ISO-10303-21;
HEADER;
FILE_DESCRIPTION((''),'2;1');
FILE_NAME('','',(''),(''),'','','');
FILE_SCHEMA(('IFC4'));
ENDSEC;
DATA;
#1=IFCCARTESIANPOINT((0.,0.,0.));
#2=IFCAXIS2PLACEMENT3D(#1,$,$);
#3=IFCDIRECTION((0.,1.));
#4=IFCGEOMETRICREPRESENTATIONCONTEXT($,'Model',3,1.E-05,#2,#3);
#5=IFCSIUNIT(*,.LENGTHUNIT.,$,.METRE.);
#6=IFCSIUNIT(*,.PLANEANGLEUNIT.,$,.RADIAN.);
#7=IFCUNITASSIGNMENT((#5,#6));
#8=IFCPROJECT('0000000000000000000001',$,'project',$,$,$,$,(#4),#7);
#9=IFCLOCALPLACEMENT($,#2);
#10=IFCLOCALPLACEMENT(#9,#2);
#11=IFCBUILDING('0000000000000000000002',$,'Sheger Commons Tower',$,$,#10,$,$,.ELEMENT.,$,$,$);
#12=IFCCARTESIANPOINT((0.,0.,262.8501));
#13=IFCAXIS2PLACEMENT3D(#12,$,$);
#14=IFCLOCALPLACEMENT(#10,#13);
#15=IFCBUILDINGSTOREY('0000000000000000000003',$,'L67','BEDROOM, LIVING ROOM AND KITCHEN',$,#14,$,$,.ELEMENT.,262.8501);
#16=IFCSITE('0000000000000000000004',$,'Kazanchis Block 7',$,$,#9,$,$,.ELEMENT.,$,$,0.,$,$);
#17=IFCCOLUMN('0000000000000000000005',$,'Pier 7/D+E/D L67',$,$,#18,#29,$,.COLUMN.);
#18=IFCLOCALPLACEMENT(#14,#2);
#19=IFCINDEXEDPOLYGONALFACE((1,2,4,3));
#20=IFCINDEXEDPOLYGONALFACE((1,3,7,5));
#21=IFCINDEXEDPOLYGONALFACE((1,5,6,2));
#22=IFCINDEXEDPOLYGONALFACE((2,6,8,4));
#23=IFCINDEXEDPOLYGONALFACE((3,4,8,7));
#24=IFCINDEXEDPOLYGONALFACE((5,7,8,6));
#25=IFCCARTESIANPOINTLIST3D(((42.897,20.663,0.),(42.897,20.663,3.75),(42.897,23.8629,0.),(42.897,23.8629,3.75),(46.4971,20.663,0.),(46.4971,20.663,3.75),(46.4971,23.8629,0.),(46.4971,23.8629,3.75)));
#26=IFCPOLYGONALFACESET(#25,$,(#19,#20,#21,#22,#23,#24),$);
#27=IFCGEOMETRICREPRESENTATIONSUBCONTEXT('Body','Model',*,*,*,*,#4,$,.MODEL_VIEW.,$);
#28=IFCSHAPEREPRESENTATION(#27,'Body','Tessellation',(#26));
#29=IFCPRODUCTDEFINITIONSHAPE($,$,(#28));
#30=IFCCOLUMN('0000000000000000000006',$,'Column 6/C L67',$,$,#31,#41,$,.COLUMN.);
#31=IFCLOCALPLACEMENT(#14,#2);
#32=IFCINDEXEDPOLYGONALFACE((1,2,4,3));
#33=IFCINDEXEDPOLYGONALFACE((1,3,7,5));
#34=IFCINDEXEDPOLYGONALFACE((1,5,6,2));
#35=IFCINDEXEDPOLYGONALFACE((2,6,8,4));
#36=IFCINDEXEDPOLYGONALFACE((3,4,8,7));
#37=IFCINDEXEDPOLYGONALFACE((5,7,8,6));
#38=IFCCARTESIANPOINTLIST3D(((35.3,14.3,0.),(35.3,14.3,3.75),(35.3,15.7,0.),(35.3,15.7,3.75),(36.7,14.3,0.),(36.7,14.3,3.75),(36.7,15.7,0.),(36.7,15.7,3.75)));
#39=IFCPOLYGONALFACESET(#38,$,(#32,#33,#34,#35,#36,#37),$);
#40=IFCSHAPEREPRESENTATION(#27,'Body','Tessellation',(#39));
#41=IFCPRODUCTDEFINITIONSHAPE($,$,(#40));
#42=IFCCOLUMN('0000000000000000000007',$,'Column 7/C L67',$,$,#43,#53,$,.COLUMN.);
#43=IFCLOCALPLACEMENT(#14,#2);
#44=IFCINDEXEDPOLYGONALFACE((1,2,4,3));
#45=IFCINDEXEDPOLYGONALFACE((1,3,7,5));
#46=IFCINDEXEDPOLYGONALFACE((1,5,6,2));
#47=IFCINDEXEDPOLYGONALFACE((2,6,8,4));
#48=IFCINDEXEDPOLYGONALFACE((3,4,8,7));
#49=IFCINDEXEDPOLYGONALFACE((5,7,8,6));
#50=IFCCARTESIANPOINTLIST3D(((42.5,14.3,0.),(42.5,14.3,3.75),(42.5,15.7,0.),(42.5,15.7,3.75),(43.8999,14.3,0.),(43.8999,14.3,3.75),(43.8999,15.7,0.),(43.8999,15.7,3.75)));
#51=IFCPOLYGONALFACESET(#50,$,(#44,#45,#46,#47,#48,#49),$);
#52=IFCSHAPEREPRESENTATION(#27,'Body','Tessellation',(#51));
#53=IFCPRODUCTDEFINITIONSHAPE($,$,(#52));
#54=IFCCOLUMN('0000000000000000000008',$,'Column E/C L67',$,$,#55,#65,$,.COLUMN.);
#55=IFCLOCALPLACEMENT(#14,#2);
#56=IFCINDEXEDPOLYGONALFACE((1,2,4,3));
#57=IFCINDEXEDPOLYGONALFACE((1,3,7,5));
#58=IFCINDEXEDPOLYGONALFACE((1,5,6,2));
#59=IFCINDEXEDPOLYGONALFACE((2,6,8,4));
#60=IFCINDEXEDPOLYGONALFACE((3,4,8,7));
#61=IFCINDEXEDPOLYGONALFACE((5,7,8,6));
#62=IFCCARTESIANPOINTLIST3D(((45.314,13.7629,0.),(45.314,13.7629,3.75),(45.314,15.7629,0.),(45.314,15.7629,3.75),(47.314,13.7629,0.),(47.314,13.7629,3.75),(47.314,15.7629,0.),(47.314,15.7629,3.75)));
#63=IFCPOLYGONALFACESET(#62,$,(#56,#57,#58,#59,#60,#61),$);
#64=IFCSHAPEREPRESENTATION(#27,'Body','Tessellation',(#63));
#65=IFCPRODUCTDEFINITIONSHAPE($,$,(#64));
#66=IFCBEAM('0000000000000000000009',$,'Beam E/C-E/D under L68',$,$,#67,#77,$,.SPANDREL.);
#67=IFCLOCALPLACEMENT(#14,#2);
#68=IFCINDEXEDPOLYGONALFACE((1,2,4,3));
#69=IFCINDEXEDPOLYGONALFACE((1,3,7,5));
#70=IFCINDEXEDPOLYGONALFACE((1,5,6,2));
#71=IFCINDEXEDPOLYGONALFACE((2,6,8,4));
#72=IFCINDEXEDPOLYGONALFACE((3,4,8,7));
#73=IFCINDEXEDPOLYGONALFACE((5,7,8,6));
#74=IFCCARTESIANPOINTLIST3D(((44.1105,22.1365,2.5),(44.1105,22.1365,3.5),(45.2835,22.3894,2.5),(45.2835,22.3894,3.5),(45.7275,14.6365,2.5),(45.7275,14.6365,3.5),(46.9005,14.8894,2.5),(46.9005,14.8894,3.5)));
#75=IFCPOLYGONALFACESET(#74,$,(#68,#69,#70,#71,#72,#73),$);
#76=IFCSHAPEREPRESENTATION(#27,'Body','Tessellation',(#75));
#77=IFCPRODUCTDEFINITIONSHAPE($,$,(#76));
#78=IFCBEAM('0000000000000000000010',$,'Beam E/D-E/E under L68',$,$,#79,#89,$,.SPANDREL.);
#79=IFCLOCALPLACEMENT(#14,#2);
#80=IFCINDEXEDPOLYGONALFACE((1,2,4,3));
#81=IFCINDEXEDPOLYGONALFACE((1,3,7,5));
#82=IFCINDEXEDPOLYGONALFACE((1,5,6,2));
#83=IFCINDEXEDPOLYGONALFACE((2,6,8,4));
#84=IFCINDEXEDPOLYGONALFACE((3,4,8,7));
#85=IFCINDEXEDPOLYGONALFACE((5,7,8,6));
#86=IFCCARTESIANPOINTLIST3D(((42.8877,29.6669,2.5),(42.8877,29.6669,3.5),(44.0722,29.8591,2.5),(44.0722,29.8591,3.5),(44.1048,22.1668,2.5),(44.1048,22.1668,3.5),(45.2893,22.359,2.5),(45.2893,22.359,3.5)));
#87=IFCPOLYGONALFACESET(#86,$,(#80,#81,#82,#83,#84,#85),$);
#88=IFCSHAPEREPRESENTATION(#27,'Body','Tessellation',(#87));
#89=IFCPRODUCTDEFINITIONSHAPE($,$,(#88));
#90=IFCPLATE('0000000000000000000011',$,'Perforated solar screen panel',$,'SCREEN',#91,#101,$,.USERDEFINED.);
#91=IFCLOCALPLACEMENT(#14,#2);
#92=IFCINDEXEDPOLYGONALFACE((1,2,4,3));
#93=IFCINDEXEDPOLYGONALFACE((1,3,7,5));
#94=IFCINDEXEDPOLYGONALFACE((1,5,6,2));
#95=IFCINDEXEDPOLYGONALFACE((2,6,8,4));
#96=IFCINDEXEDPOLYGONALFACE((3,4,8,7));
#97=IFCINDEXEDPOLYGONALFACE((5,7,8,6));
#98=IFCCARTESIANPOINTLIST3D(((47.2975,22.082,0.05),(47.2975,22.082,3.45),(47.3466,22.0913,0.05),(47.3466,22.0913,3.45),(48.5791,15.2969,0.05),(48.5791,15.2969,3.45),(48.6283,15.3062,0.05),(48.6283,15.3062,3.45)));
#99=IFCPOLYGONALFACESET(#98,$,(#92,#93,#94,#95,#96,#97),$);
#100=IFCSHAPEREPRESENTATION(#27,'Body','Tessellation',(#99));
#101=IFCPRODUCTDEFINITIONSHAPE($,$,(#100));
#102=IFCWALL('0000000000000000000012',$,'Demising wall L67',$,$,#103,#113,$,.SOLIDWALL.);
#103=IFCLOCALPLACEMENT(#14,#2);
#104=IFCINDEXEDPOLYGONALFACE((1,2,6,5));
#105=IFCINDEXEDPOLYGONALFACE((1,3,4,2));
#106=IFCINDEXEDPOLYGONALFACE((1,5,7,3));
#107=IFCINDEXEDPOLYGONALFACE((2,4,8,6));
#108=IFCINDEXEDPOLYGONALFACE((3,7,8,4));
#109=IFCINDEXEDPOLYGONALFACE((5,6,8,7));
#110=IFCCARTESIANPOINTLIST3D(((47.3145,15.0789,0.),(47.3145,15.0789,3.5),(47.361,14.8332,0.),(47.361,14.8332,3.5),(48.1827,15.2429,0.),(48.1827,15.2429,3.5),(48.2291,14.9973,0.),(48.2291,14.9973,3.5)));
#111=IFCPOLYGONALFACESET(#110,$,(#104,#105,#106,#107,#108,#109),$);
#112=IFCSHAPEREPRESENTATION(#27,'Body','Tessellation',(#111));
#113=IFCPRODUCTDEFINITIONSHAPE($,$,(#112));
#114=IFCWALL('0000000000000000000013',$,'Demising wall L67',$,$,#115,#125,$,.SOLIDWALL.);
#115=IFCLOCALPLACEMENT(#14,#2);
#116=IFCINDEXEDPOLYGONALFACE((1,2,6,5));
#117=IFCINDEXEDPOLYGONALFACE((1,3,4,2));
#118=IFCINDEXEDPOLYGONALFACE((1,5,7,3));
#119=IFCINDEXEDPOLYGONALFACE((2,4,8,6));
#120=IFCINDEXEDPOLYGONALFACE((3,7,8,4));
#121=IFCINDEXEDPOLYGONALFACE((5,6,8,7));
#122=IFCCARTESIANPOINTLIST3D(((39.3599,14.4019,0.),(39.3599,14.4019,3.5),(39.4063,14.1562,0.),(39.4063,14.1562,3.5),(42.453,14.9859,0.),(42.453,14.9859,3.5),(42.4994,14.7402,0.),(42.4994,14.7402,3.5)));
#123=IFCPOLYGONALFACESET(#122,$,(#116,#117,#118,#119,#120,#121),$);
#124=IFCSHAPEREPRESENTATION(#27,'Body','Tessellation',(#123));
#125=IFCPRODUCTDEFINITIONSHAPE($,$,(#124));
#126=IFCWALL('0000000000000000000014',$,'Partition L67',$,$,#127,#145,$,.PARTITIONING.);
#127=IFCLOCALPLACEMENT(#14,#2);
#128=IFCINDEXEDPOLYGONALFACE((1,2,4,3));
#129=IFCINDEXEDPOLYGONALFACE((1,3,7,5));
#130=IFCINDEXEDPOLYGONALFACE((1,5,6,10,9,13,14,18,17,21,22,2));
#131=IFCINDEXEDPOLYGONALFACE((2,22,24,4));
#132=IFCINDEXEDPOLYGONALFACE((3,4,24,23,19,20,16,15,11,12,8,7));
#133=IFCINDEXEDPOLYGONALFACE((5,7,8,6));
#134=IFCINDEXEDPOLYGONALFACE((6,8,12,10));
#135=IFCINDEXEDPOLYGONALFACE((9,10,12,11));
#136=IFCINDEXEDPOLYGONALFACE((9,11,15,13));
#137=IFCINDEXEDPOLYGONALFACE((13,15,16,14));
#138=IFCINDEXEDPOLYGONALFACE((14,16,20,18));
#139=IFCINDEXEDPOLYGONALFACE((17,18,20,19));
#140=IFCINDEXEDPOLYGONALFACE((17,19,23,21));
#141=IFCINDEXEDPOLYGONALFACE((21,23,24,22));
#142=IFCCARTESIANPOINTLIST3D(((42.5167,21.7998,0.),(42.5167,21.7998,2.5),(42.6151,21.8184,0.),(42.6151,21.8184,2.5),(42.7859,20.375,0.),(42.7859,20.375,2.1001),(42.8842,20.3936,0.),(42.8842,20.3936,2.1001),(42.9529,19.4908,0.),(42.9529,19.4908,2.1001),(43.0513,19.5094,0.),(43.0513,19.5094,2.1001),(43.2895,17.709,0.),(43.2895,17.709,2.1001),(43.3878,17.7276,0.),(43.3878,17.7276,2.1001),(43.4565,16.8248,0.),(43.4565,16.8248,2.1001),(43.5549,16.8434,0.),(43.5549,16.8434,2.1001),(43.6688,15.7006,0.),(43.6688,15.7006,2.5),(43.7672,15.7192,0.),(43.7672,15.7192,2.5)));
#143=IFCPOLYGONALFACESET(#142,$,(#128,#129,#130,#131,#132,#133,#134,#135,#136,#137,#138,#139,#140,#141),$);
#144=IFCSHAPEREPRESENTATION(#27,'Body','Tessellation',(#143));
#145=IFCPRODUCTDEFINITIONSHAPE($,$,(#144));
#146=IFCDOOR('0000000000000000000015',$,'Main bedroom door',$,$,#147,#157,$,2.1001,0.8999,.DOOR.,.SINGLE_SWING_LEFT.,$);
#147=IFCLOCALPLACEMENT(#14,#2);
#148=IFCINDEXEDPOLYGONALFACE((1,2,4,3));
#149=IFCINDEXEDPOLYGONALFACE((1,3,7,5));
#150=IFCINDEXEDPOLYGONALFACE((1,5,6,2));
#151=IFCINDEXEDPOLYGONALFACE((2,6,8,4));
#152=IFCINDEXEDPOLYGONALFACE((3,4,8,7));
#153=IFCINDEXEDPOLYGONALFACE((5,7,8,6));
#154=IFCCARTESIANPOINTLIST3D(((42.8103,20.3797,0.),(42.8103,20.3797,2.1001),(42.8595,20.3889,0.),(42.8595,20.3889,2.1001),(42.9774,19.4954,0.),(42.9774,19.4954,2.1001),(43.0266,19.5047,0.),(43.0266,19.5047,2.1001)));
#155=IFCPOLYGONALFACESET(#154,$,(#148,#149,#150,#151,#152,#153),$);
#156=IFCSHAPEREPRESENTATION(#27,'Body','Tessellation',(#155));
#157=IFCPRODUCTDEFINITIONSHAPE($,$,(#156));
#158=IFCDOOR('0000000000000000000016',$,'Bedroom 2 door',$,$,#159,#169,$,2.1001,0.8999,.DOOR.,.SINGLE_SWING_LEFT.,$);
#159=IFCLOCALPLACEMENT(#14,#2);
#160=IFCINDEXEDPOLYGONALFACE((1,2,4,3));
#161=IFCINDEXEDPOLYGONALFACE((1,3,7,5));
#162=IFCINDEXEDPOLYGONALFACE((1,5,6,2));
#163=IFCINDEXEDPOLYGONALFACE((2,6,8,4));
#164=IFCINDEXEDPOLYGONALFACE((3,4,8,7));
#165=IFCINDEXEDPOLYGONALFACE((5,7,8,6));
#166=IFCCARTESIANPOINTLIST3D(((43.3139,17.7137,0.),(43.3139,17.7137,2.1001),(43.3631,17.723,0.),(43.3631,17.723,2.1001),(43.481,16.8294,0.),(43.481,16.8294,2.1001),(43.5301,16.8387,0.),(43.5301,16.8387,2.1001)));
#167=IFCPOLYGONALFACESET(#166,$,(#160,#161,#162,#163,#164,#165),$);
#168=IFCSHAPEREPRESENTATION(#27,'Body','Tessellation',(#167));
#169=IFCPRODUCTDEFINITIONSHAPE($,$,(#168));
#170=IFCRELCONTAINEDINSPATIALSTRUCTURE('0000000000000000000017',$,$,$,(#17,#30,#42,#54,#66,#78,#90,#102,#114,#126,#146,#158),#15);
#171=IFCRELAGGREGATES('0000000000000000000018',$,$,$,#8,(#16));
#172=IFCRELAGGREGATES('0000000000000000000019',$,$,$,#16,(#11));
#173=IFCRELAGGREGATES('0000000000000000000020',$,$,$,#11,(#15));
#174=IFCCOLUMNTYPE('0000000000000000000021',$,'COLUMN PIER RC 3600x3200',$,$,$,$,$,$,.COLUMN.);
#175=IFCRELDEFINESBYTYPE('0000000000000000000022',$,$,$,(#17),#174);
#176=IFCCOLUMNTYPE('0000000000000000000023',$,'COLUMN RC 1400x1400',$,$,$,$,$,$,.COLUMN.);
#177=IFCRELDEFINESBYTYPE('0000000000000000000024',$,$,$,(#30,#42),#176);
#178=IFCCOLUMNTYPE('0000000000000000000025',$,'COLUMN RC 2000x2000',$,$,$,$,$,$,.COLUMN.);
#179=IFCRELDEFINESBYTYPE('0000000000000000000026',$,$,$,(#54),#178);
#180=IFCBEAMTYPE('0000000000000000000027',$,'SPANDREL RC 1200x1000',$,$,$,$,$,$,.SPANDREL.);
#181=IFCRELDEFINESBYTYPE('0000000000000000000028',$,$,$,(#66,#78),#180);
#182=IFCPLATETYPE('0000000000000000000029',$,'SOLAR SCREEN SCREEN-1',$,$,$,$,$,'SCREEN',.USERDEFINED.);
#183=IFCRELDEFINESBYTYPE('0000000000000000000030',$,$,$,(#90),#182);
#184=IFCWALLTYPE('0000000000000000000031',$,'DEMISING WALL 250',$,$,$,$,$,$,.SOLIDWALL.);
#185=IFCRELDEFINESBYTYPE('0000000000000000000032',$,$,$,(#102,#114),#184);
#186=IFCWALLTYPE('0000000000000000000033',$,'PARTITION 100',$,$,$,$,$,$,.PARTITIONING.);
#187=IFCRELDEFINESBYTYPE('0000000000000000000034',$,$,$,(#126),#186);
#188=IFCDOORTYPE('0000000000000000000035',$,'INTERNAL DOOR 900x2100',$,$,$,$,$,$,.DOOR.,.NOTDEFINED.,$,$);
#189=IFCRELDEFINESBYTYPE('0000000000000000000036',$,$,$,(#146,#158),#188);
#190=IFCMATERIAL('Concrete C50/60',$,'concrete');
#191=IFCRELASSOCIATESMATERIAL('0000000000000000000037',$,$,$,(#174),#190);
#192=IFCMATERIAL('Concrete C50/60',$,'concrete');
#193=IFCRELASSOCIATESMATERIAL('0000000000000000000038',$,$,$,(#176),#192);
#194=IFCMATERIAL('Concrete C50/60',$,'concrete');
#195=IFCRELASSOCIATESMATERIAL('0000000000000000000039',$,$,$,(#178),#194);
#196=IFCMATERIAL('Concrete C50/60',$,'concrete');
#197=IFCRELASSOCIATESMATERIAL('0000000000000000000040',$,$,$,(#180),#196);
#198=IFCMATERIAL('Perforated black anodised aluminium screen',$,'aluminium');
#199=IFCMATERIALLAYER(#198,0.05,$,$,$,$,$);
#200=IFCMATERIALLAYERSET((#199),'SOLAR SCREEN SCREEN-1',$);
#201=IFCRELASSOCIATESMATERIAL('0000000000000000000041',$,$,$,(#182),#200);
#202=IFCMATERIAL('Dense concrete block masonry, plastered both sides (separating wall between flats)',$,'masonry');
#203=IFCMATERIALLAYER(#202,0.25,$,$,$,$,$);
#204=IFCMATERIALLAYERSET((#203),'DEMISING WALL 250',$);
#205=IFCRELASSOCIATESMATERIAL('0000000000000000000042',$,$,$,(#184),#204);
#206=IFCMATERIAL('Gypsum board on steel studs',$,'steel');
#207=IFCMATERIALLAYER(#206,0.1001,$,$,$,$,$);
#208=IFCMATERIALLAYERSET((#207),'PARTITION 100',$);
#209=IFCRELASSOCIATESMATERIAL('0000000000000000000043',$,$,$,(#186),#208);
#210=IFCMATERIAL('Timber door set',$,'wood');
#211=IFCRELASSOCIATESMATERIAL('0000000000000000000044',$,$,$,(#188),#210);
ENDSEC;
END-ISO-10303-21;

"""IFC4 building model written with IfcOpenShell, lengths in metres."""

from ifc_helpers import new_model, si_unit, direction, frame, frame_2d, origin, origin_2d, place, context, subcontext, project, spatial, rectangle, extrude, material, layer, layer_set, material_profile, profile_set, type_object, element, fill, save


model = new_model("IFC4")

# Units and contexts
model_context = context("Model", 3, precision=1e-05, world=origin(), true_north=direction((0.0, 1.0)))
body_context = subcontext(model_context, "Body", "Model", "MODEL_VIEW")
ifc_project = project(units=[si_unit("LENGTHUNIT", "METRE"), si_unit("PLANEANGLEUNIT", "RADIAN")], contexts=[model_context])

# Site, building, storey
site_placement = place(None, origin())
site = spatial("IfcSite", under=ifc_project, at=site_placement, Name="Kazanchis Block 7", CompositionType="ELEMENT", RefElevation=0.0)
building_placement = place(site_placement, origin())
building = spatial("IfcBuilding", under=site, at=building_placement, Name="Sheger Commons Tower", CompositionType="ELEMENT")
storey_placement = place(building_placement, frame((0.0, 0.0, 262.8501)))
storey = spatial("IfcBuildingStorey", under=building, at=storey_placement, Name="L67", Description="BEDROOM, LIVING ROOM AND KITCHEN", CompositionType="ELEMENT", Elevation=262.8501)

# Columns
ifc_material_1 = material(Name="Concrete C50/60", Category="concrete")
ifc_material_profile_1 = material_profile(ifc_material_1, rectangle(XDim=3.6001, YDim=3.2, at=origin_2d()), Name="RC 3600x3200")
ifc_profile_set_1 = profile_set([ifc_material_profile_1], Name="Concrete C50/60")
column_type_1 = type_object("IfcColumnType", Name="COLUMN PIER RC 3600x3200", PredefinedType="COLUMN", material=ifc_profile_set_1)
column_1_placement = place(storey_placement, frame((44.697, 22.2629, 0.0), z_axis=(0.0, 0.0, 1.0), x_axis=(1.0, 0.0, 0.0)))
element("IfcColumn", 1, at=column_1_placement, inside=storey, type_object=column_type_1, Name="Pier 7/D+E/D L67", PredefinedType="COLUMN", context=body_context, shape_type="SweptSolid", body=[
    extrude(rectangle(XDim=3.6001, YDim=3.2, at=origin_2d()), origin(), (0.0, 0.0, 1.0), 3.75),
])
ifc_material_2 = material(Name="Concrete C50/60", Category="concrete")
ifc_material_profile_2 = material_profile(ifc_material_2, rectangle(XDim=1.3999, YDim=1.3999, at=origin_2d()), Name="RC 1400x1400")
ifc_profile_set_2 = profile_set([ifc_material_profile_2], Name="Concrete C50/60")
column_type_2 = type_object("IfcColumnType", Name="COLUMN RC 1400x1400", PredefinedType="COLUMN", material=ifc_profile_set_2)
for number, where, z_axis, x_axis, name in (
    (2, (36.0, 15.0, 0.0), (0.0, 0.0, 1.0), (1.0, 0.0, 0.0), "Column 6/C L67"),
    (3, (43.2, 15.0, 0.0), (0.0, 0.0, 1.0), (1.0, 0.0, 0.0), "Column 7/C L67"),
):
    element("IfcColumn", number, at=place(storey_placement, frame(where, z_axis=z_axis, x_axis=x_axis)), inside=storey, type_object=column_type_2, Name=name, PredefinedType="COLUMN", context=body_context, shape_type="SweptSolid", body=[
        extrude(rectangle(XDim=1.3999, YDim=1.3999, at=origin_2d()), origin(), (0.0, 0.0, 1.0), 3.75),
    ])
ifc_material_3 = material(Name="Concrete C50/60", Category="concrete")
ifc_material_profile_3 = material_profile(ifc_material_3, rectangle(XDim=2.0, YDim=2.0, at=origin_2d()), Name="RC 2000x2000")
ifc_profile_set_3 = profile_set([ifc_material_profile_3], Name="Concrete C50/60")
column_type_3 = type_object("IfcColumnType", Name="COLUMN RC 2000x2000", PredefinedType="COLUMN", material=ifc_profile_set_3)
column_2_placement = place(storey_placement, frame((46.314, 14.7629, 0.0), z_axis=(0.0, 0.0, 1.0), x_axis=(1.0, 0.0, 0.0)))
element("IfcColumn", 4, at=column_2_placement, inside=storey, type_object=column_type_3, Name="Column E/C L67", PredefinedType="COLUMN", context=body_context, shape_type="SweptSolid", body=[
    extrude(rectangle(XDim=2.0, YDim=2.0, at=origin_2d()), origin(), (0.0, 0.0, 1.0), 3.75),
])

# Beams
ifc_material_4 = material(Name="Concrete C50/60", Category="concrete")
ifc_material_profile_4 = material_profile(ifc_material_4, rectangle(XDim=1.2, YDim=1.0, at=origin_2d()), Name="RC 1200x1000")
ifc_profile_set_4 = profile_set([ifc_material_profile_4], Name="Concrete C50/60")
beam_type = type_object("IfcBeamType", Name="SPANDREL RC 1200x1000", PredefinedType="SPANDREL", material=ifc_profile_set_4)
beam_1_placement = place(storey_placement, frame((46.314, 14.7629, 3.0), z_axis=(-0.21075, 0.97754, 0.0), x_axis=(-0.97754, -0.21075, 0.0)))
element("IfcBeam", 5, at=beam_1_placement, inside=storey, type_object=beam_type, Name="Beam E/C-E/D under L68", PredefinedType="SPANDREL", context=body_context, shape_type="SweptSolid", body=[
    extrude(rectangle(XDim=1.2, YDim=1.0, at=origin_2d()), origin(), (0.0, 0.0, 1.0), 7.6724),
])
beam_2_placement = place(storey_placement, frame((44.697, 22.2629, 3.0), z_axis=(-0.160177, 0.987088, 0.0), x_axis=(-0.987088, -0.160177, 0.0)))
element("IfcBeam", 6, at=beam_2_placement, inside=storey, type_object=beam_type, Name="Beam E/D-E/E under L68", PredefinedType="SPANDREL", context=body_context, shape_type="SweptSolid", body=[
    extrude(rectangle(XDim=1.2, YDim=1.0, at=origin_2d()), origin(), (0.0, 0.0, 1.0), 7.5981),
])

# Plate
ifc_material_5 = material(Name="Perforated black anodised aluminium screen", Category="aluminium")
ifc_layer_1 = layer(ifc_material_5, 0.05)
ifc_layer_set_1 = layer_set([ifc_layer_1], Name="SOLAR SCREEN SCREEN-1")
plate_type = type_object("IfcPlateType", Name="SOLAR SCREEN SCREEN-1", ElementType="SCREEN", PredefinedType="USERDEFINED", material=ifc_layer_set_1)
plate_placement = place(storey_placement, frame((47.9629, 18.6941, 0.05), z_axis=(0.0, 0.0, 1.0), x_axis=(-0.185615, 0.982623, 0.0)))
element("IfcPlate", 7, at=plate_placement, inside=storey, type_object=plate_type, Name="Perforated solar screen panel", ObjectType="SCREEN", PredefinedType="USERDEFINED", context=body_context, shape_type="SweptSolid", body=[
    extrude(rectangle(XDim=6.905, YDim=0.05, at=origin_2d()), origin(), (0.0, 0.0, 1.0), 3.3999),
])

# Walls
ifc_material_6 = material(Name="Dense concrete block masonry, plastered both sides (separating wall between flats)", Category="masonry")
ifc_layer_2 = layer(ifc_material_6, 0.25)
ifc_layer_set_2 = layer_set([ifc_layer_2], Name="DEMISING WALL 250")
wall_type_1 = type_object("IfcWallType", Name="DEMISING WALL 250", PredefinedType="SOLIDWALL", material=ifc_layer_set_2)
wall_1_placement = place(storey_placement, frame((48.2061, 15.1201, 0.0), z_axis=(0.0, 0.0, 1.0), x_axis=(-0.982608, -0.18569, 0.0)))
element("IfcWall", 8, at=wall_1_placement, inside=storey, type_object=wall_type_1, Name="Demising wall L67", PredefinedType="SOLIDWALL", context=body_context, shape_type="SweptSolid", body=[
    extrude(rectangle(XDim=0.8835, YDim=0.25, at=frame_2d((0.4419, 0.0))), origin(), (0.0, 0.0, 1.0), 3.5),
])
wall_2_placement = place(storey_placement, frame((42.4761, 14.863, 0.0), z_axis=(0.0, 0.0, 1.0), x_axis=(-0.982639, -0.185529, 0.0)))
element("IfcWall", 9, at=wall_2_placement, inside=storey, type_object=wall_type_1, Name="Demising wall L67", PredefinedType="SOLIDWALL", context=body_context, shape_type="SweptSolid", body=[
    extrude(rectangle(XDim=3.1477, YDim=0.25, at=frame_2d((1.5737, 0.0))), origin(), (0.0, 0.0, 1.0), 3.5),
])

# Wall, openings, doors
ifc_material_7 = material(Name="Gypsum board on steel studs", Category="steel")
ifc_layer_3 = layer(ifc_material_7, 0.1001)
ifc_layer_set_3 = layer_set([ifc_layer_3], Name="PARTITION 100")
wall_type_2 = type_object("IfcWallType", Name="PARTITION 100", PredefinedType="PARTITIONING", material=ifc_layer_set_3)
wall_3_placement = place(storey_placement, frame((42.5659, 21.8091, 0.0), z_axis=(0.0, 0.0, 1.0), x_axis=(0.185614, -0.982623, 0.0)))
wall_3 = element("IfcWall", 10, at=wall_3_placement, inside=storey, type_object=wall_type_2, Name="Partition L67", PredefinedType="PARTITIONING", context=body_context, shape_type="SweptSolid", body=[
    extrude(rectangle(XDim=6.207, YDim=0.1001, at=frame_2d((3.1035, 0.0))), origin(), (0.0, 0.0, 1.0), 2.5),
])
opening_1_placement = place(wall_3_placement, frame((1.45, 0.0, 0.0)))
opening_1 = element("IfcOpeningElement", 11, at=opening_1_placement, cuts=wall_3, PredefinedType="OPENING", context=body_context, shape_type="SweptSolid", body=[
    extrude(rectangle(XDim=0.8999, YDim=2.1001, at=frame_2d((0.45, 1.05))), frame((0.0, 0.0601, 0.0), z_axis=(0.0, -1.0, 0.0), x_axis=(1.0, 0.0, 0.0)), (0.0, 0.0, 1.0), 0.1201),
])
opening_2_placement = place(wall_3_placement, frame((4.1631, 0.0, 0.0)))
opening_2 = element("IfcOpeningElement", 12, at=opening_2_placement, cuts=wall_3, PredefinedType="OPENING", context=body_context, shape_type="SweptSolid", body=[
    extrude(rectangle(XDim=0.8999, YDim=2.1001, at=frame_2d((0.45, 1.05))), frame((0.0, 0.0601, 0.0), z_axis=(0.0, -1.0, 0.0), x_axis=(1.0, 0.0, 0.0)), (0.0, 0.0, 1.0), 0.1201),
])
ifc_material_8 = material(Name="Timber door set", Category="wood")
door_type = type_object("IfcDoorType", Name="INTERNAL DOOR 900x2100", OperationType="NOTDEFINED", PredefinedType="DOOR", material=ifc_material_8)
door_1_placement = place(opening_1_placement, origin())
door_1 = element("IfcDoor", 13, at=door_1_placement, inside=storey, type_object=door_type, Name="Main bedroom door", OperationType="SINGLE_SWING_LEFT", OverallHeight=2.1001, OverallWidth=0.8999, PredefinedType="DOOR", context=body_context, shape_type="SweptSolid", body=[
    extrude(rectangle(XDim=0.8999, YDim=2.1001, at=frame_2d((0.45, 1.05))), frame((0.0, 0.0249, 0.0), z_axis=(0.0, -1.0, 0.0), x_axis=(1.0, 0.0, 0.0)), (0.0, 0.0, 1.0), 0.05),
])
fill(opening_1, door_1)
door_2_placement = place(opening_2_placement, origin())
door_2 = element("IfcDoor", 14, at=door_2_placement, inside=storey, type_object=door_type, Name="Bedroom 2 door", OperationType="SINGLE_SWING_LEFT", OverallHeight=2.1001, OverallWidth=0.8999, PredefinedType="DOOR", context=body_context, shape_type="SweptSolid", body=[
    extrude(rectangle(XDim=0.8999, YDim=2.1001, at=frame_2d((0.45, 1.05))), frame((0.0, 0.0249, 0.0), z_axis=(0.0, -1.0, 0.0), x_axis=(1.0, 0.0, 0.0)), (0.0, 0.0, 1.0), 0.05),
])
fill(opening_2, door_2)

save(model, "model.ifc")
